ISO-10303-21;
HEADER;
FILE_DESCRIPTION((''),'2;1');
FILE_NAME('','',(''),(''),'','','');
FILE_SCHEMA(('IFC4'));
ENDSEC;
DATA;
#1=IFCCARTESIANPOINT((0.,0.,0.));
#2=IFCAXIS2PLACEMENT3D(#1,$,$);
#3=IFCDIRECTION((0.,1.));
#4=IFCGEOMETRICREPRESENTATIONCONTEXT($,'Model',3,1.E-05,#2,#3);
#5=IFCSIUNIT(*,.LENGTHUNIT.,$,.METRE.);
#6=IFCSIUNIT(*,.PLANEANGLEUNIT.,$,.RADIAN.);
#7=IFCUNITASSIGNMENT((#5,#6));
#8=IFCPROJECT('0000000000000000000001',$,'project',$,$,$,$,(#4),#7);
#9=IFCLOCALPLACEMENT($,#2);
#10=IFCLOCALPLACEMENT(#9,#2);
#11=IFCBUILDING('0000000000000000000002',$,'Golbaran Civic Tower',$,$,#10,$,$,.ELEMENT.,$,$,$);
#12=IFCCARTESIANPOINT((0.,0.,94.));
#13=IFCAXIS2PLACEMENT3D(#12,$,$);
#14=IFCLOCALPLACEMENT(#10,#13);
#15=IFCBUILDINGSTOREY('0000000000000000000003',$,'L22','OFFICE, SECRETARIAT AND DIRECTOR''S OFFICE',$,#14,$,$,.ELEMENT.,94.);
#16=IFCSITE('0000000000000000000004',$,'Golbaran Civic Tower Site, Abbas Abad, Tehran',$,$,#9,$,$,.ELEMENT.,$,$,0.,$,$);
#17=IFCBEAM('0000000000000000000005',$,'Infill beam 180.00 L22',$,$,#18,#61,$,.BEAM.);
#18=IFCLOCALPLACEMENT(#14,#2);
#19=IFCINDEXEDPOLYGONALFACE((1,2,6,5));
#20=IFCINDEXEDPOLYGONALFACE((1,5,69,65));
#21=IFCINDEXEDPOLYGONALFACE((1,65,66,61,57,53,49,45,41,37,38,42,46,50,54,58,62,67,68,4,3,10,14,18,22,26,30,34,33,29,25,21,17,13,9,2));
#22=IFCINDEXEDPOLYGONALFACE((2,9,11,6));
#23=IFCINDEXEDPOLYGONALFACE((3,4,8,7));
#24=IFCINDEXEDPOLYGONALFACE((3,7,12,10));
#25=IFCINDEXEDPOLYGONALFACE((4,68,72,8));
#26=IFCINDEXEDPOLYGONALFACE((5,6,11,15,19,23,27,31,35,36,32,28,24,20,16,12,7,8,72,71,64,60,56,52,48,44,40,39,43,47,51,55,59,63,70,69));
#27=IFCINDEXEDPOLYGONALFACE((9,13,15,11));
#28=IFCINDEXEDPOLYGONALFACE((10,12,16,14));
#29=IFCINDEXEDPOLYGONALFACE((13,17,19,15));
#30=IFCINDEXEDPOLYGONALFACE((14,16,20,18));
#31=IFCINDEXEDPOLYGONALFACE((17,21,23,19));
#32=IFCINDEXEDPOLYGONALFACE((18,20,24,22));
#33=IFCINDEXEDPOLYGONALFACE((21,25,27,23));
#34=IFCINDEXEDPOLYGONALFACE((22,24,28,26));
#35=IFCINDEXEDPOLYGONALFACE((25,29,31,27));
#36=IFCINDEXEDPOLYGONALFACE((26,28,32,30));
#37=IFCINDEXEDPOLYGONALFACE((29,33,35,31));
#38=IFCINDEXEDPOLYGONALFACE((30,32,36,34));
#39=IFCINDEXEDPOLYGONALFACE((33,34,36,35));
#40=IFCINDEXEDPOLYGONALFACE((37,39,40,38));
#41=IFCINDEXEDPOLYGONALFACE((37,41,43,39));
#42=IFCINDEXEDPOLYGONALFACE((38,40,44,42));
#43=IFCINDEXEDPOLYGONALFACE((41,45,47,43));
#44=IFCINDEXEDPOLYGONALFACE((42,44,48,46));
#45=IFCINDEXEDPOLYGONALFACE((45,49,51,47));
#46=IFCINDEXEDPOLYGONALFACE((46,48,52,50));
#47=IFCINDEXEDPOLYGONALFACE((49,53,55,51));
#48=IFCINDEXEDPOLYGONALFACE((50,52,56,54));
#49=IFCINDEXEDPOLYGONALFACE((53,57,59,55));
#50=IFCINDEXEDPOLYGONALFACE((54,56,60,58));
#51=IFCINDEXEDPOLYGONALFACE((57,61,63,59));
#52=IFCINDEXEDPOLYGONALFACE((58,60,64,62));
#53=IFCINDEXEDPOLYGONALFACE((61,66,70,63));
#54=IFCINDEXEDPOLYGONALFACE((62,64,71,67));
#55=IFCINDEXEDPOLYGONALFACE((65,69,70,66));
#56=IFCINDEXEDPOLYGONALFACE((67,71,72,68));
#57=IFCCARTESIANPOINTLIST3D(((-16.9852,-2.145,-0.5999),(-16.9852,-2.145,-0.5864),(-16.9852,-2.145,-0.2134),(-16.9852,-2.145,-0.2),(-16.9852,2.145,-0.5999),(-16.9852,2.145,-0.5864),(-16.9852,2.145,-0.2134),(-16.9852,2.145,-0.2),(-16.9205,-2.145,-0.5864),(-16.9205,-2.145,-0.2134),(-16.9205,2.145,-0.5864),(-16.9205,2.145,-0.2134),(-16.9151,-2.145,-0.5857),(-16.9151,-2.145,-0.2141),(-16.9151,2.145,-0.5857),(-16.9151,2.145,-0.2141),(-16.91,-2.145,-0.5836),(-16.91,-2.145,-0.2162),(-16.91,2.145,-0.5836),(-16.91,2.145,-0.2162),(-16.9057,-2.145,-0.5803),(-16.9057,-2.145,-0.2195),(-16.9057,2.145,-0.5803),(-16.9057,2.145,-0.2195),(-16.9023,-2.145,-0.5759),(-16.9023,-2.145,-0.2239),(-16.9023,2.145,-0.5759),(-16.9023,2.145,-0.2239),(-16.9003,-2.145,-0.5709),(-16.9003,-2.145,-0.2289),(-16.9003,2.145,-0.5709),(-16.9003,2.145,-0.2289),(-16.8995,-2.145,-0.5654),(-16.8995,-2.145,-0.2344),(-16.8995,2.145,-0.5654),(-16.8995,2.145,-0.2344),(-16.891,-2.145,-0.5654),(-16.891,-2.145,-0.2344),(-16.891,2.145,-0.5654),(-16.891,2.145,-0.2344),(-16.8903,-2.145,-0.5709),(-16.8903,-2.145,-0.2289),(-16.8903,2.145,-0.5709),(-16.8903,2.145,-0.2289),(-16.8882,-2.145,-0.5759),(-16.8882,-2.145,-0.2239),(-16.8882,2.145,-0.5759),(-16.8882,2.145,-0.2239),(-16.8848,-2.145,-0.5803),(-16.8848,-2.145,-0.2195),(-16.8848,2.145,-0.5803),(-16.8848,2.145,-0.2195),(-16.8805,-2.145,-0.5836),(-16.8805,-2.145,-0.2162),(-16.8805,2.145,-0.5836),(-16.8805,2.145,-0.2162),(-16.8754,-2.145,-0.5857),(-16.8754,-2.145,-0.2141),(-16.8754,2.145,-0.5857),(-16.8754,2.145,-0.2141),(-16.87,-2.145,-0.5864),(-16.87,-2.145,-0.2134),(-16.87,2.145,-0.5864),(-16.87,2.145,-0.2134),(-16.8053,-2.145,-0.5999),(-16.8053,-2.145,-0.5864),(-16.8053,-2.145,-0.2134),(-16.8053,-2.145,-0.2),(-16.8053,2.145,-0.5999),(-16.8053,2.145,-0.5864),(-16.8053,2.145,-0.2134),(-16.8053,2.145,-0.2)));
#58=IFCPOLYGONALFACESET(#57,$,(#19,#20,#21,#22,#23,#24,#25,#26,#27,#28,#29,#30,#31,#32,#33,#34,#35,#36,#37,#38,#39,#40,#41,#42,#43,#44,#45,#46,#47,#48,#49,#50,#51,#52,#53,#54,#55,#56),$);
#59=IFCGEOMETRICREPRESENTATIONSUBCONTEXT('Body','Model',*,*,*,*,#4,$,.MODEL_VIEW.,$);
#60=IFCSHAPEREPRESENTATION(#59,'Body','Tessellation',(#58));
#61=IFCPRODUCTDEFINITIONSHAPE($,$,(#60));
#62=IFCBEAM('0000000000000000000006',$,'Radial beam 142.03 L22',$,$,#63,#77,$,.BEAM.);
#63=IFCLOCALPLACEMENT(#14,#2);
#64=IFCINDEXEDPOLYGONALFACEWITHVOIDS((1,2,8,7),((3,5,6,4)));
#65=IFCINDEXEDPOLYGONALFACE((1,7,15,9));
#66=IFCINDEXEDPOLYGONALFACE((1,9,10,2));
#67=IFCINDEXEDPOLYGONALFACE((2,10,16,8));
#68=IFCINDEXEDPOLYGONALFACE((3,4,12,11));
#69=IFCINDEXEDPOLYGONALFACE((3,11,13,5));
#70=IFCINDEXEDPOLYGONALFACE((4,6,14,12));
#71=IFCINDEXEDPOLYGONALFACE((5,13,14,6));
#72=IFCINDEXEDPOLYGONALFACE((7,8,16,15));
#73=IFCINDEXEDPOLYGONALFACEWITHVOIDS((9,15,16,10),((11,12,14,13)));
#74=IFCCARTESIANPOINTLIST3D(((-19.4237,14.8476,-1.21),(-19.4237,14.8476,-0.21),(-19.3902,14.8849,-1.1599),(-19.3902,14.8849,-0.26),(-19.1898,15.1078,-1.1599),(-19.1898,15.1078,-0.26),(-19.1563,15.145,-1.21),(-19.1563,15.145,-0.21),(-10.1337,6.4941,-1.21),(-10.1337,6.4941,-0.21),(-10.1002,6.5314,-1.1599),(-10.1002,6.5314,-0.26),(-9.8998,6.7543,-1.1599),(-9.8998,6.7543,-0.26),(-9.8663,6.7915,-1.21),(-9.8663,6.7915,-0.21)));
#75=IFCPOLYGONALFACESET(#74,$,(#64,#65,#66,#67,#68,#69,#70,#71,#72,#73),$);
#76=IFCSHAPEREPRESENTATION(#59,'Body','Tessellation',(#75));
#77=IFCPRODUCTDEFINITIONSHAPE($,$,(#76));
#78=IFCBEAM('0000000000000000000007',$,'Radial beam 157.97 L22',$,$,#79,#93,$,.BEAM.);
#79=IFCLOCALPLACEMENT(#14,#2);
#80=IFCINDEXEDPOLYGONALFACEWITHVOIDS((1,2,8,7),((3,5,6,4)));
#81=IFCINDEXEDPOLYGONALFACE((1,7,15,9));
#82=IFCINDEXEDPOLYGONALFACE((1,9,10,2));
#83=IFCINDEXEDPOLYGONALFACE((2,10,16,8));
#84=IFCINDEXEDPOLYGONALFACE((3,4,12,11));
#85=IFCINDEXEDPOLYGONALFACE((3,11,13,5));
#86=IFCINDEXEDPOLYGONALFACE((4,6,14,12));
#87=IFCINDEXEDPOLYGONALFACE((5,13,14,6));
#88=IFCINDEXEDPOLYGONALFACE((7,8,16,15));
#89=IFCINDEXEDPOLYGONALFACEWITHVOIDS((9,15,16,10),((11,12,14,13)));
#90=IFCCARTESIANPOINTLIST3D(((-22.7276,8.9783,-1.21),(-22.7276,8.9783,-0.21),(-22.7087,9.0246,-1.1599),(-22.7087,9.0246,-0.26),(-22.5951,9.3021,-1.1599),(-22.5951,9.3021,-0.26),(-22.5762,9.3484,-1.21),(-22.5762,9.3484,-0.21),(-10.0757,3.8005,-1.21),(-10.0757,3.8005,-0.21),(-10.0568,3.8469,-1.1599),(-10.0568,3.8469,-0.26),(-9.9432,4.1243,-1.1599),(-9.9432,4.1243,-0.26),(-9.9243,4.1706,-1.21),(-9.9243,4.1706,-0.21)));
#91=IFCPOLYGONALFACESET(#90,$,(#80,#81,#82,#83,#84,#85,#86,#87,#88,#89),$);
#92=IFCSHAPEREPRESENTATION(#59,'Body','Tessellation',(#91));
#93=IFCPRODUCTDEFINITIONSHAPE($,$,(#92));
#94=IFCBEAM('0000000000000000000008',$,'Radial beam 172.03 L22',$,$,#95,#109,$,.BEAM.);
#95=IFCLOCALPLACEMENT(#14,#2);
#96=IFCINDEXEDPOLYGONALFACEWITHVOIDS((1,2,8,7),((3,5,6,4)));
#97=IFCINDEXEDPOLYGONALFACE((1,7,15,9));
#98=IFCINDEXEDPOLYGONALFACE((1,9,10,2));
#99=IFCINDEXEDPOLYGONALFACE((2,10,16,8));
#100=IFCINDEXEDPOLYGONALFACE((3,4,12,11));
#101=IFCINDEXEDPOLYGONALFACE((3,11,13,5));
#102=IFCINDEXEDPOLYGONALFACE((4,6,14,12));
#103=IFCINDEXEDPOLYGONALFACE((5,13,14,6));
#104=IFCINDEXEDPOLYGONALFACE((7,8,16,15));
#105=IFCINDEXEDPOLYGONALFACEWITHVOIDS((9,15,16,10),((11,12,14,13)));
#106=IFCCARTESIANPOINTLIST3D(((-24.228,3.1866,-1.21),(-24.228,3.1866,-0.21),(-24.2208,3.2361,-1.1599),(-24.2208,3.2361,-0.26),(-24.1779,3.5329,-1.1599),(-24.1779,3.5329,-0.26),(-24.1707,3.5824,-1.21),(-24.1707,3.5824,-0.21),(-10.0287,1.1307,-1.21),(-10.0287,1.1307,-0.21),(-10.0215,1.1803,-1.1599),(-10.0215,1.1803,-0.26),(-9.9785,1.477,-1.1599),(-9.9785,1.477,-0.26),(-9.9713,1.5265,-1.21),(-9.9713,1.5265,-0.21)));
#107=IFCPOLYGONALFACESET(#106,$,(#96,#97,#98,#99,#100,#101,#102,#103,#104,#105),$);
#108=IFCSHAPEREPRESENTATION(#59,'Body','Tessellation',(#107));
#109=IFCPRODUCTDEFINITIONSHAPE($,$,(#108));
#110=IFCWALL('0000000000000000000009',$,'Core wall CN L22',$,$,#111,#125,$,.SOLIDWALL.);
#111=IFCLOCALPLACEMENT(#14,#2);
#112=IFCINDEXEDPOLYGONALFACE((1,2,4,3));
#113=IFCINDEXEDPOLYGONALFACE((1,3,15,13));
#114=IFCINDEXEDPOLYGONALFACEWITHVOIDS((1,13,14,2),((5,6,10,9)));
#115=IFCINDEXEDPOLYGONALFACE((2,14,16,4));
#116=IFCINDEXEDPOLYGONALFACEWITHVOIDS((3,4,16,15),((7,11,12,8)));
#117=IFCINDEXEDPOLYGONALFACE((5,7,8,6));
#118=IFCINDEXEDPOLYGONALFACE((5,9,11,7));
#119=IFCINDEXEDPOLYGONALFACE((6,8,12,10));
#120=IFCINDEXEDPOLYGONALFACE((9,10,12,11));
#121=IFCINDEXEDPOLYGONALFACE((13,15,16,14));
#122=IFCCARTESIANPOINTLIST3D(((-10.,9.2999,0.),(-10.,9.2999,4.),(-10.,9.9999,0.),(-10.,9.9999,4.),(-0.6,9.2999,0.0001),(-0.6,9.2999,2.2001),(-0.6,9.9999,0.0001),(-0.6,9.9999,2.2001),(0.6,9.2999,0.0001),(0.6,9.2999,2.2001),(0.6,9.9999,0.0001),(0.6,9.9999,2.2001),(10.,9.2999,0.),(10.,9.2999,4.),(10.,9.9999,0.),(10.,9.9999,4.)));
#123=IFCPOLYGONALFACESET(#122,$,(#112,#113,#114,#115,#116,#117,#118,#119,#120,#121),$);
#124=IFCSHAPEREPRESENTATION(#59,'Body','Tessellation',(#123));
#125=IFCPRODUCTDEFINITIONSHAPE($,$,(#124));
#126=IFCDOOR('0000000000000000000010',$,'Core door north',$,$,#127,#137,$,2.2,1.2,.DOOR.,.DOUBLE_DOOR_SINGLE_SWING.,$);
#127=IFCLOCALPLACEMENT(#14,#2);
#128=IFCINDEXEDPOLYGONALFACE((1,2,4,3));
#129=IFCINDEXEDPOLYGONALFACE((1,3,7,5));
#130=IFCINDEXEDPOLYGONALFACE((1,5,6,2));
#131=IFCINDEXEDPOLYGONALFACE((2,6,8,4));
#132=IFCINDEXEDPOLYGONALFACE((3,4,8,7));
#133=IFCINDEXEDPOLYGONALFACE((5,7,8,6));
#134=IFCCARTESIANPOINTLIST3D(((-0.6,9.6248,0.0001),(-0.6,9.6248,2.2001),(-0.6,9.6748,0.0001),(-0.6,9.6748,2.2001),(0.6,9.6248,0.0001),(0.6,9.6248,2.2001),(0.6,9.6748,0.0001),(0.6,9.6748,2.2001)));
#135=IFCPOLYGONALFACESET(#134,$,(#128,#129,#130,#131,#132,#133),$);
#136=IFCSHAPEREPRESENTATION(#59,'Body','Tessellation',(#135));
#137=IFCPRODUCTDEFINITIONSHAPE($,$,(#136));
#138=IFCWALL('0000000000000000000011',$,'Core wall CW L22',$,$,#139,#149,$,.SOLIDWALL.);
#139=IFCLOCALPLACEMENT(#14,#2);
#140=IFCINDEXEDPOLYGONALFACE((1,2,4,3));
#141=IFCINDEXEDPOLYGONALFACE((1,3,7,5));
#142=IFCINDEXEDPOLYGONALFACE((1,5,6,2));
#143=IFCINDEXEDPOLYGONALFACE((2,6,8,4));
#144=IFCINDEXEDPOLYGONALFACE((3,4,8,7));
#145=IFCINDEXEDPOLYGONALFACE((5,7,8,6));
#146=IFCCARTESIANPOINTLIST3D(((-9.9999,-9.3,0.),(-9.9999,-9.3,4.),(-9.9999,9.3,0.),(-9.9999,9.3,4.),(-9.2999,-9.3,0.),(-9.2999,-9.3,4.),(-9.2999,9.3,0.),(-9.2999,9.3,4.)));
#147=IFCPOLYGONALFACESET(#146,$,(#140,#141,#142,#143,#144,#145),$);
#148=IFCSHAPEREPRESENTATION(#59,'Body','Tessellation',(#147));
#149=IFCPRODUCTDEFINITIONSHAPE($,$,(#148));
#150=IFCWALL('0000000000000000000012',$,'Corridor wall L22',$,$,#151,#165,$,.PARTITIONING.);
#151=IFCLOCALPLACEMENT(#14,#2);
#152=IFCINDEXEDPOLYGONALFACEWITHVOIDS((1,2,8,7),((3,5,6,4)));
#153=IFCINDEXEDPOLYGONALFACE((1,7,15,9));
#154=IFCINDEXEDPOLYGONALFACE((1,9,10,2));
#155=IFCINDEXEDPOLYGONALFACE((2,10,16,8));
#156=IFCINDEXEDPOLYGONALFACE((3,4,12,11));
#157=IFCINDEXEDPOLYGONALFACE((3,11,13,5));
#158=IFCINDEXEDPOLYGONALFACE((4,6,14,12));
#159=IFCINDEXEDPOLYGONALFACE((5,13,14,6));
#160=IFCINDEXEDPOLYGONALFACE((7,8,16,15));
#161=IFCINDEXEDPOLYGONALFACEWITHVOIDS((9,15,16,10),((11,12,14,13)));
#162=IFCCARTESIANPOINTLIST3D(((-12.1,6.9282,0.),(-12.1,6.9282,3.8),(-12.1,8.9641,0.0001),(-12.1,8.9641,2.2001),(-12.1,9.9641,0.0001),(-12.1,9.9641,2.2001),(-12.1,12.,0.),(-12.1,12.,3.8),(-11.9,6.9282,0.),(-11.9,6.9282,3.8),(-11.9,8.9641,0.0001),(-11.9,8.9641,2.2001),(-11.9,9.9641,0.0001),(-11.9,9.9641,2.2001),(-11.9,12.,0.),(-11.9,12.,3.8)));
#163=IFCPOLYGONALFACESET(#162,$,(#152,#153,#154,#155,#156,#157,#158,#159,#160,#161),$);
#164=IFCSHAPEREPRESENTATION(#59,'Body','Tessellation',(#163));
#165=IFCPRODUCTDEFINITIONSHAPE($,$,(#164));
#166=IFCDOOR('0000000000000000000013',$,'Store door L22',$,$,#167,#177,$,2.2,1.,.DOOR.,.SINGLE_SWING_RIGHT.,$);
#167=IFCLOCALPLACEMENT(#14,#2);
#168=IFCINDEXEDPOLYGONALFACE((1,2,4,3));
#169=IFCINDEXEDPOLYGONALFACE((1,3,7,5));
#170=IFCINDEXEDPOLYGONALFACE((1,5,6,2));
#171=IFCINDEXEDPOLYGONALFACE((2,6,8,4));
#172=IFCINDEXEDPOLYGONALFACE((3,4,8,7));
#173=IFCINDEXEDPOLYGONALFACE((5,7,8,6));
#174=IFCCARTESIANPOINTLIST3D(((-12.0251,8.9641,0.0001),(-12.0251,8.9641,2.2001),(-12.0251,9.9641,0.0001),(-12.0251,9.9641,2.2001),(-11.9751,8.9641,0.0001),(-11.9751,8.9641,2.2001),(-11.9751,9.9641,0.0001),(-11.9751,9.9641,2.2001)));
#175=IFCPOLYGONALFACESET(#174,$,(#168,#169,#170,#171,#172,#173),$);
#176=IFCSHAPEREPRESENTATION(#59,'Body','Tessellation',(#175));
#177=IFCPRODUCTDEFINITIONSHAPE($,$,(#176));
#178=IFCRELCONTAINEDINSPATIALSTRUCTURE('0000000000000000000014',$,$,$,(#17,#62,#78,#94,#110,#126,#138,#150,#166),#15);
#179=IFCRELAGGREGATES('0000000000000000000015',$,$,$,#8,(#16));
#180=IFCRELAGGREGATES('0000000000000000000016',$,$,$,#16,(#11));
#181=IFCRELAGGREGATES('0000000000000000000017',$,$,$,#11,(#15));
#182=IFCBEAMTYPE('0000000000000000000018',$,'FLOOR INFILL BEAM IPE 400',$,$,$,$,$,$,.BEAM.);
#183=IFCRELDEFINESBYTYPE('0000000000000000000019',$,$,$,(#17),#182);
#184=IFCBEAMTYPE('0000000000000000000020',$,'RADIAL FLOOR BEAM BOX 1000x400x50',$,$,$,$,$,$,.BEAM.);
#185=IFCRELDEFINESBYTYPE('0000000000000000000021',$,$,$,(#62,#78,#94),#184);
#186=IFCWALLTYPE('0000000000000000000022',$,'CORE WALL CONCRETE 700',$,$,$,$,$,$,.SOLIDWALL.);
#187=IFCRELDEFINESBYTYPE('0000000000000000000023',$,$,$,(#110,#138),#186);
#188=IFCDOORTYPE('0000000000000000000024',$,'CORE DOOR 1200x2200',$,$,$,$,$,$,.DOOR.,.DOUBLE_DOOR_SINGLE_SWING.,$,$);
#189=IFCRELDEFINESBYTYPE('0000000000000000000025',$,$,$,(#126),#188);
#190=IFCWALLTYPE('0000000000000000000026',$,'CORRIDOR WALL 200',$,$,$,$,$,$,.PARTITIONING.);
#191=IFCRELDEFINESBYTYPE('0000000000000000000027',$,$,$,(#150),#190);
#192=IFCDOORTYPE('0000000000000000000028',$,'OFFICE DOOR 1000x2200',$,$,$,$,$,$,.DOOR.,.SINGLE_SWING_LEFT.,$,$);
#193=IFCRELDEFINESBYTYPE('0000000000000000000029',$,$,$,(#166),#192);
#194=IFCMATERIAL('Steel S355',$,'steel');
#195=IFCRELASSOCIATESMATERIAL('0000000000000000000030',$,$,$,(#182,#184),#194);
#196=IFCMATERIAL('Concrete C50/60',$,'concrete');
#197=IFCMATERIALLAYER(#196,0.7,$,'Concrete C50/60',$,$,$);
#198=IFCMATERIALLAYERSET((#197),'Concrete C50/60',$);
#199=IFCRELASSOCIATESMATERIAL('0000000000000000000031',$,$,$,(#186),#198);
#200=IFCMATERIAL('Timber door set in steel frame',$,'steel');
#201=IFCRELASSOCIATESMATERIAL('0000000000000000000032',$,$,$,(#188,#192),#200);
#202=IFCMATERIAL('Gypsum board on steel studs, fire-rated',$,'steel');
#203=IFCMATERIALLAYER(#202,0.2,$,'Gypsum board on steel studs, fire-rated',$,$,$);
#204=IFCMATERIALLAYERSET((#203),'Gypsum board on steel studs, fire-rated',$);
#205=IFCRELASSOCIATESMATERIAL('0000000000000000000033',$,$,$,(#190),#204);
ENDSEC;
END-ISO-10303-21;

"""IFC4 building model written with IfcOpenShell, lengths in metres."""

from ifc_helpers import new_model, si_unit, direction, frame, frame_2d, origin, origin_2d, place, context, subcontext, project, spatial, rectangle, hollow_rectangle, i_section, extrude, material, layer, layer_set, material_profile, profile_set, type_object, element, fill, save


model = new_model("IFC4")

# Units and contexts
model_context = context("Model", 3, precision=1e-05, world=origin(), true_north=direction((0.0, 1.0)))
body_context = subcontext(model_context, "Body", "Model", "MODEL_VIEW")
ifc_project = project(units=[si_unit("LENGTHUNIT", "METRE"), si_unit("PLANEANGLEUNIT", "RADIAN")], contexts=[model_context])

# Site, building, storey
site_placement = place(None, origin())
site = spatial("IfcSite", under=ifc_project, at=site_placement, Name="Golbaran Civic Tower Site, Abbas Abad, Tehran", CompositionType="ELEMENT", RefElevation=0.0)
building_placement = place(site_placement, origin())
building = spatial("IfcBuilding", under=site, at=building_placement, Name="Golbaran Civic Tower", CompositionType="ELEMENT")
storey_placement = place(building_placement, frame((0.0, 0.0, 94.0)))
storey = spatial("IfcBuildingStorey", under=building, at=storey_placement, Name="L22", Description="OFFICE, SECRETARIAT AND DIRECTOR'S OFFICE", CompositionType="ELEMENT", Elevation=94.0)

# Beams
ifc_material_1 = material(Name="Steel S355", Category="steel")
ifc_material_profile_1 = material_profile(ifc_material_1, i_section(OverallWidth=0.1799, OverallDepth=0.3999, WebThickness=0.0085, FlangeThickness=0.0134, FilletRadius=0.021, at=origin_2d()), Name="IPE 400")
ifc_profile_set_1 = profile_set([ifc_material_profile_1], Name="Steel S355")
beam_type_1 = type_object("IfcBeamType", Name="FLOOR INFILL BEAM IPE 400", PredefinedType="BEAM", material=ifc_profile_set_1)
beam_1_placement = place(storey_placement, frame((-16.8953, 2.145, -0.3999), z_axis=(0.0, -1.0, 0.0), x_axis=(1.0, 0.0, 0.0)))
element("IfcBeam", 1, at=beam_1_placement, inside=storey, type_object=beam_type_1, Name="Infill beam 180.00 L22", PredefinedType="BEAM", context=body_context, shape_type="SweptSolid", body=[
    extrude(i_section(OverallWidth=0.1799, OverallDepth=0.3999, WebThickness=0.0085, FlangeThickness=0.0134, FilletRadius=0.021, at=origin_2d()), origin(), (0.0, 0.0, 1.0), 4.29),
])
ifc_material_profile_2 = material_profile(ifc_material_1, hollow_rectangle(XDim=0.3999, YDim=1.0, WallThickness=0.05, at=origin_2d()), Name="BOX 1000x400x50")
ifc_profile_set_2 = profile_set([ifc_material_profile_2], Name="Steel S355")
beam_type_2 = type_object("IfcBeamType", Name="RADIAL FLOOR BEAM BOX 1000x400x50", PredefinedType="BEAM", material=ifc_profile_set_2)
beam_2_placement = place(storey_placement, frame((-10.0, 6.6428, -0.71), z_axis=(-0.743593, 0.668632, 0.0), x_axis=(-0.668632, -0.743593, 0.0)))
element("IfcBeam", 2, at=beam_2_placement, inside=storey, type_object=beam_type_2, Name="Radial beam 142.03 L22", PredefinedType="BEAM", context=body_context, shape_type="SweptSolid", body=[
    extrude(hollow_rectangle(XDim=0.3999, YDim=1.0, WallThickness=0.05, at=origin_2d()), origin(), (0.0, 0.0, 1.0), 12.4934),
])
beam_3_placement = place(storey_placement, frame((-10.0, 3.9856, -0.71), z_axis=(-0.925496, 0.378757, 0.0), x_axis=(-0.378757, -0.925496, 0.0)))
element("IfcBeam", 3, at=beam_3_placement, inside=storey, type_object=beam_type_2, Name="Radial beam 157.97 L22", PredefinedType="BEAM", context=body_context, shape_type="SweptSolid", body=[
    extrude(hollow_rectangle(XDim=0.3999, YDim=1.0, WallThickness=0.05, at=origin_2d()), origin(), (0.0, 0.0, 1.0), 13.6704),
])
beam_4_placement = place(storey_placement, frame((-10.0, 1.3286, -0.71), z_axis=(-0.98968, 0.143294, 0.0), x_axis=(-0.143294, -0.98968, 0.0)))
element("IfcBeam", 4, at=beam_4_placement, inside=storey, type_object=beam_type_2, Name="Radial beam 172.03 L22", PredefinedType="BEAM", context=body_context, shape_type="SweptSolid", body=[
    extrude(hollow_rectangle(XDim=0.3999, YDim=1.0, WallThickness=0.05, at=origin_2d()), origin(), (0.0, 0.0, 1.0), 14.3474),
])

# Wall, opening, door
ifc_material_2 = material(Name="Concrete C50/60", Category="concrete")
ifc_layer_1 = layer(ifc_material_2, 0.7, Name="Concrete C50/60")
ifc_layer_set_1 = layer_set([ifc_layer_1], Name="Concrete C50/60")
wall_type_1 = type_object("IfcWallType", Name="CORE WALL CONCRETE 700", PredefinedType="SOLIDWALL", material=ifc_layer_set_1)
wall_1_placement = place(storey_placement, frame((-10.0, 9.6499, 0.0), z_axis=(0.0, 0.0, 1.0), x_axis=(1.0, 0.0, 0.0)))
wall_1 = element("IfcWall", 5, at=wall_1_placement, inside=storey, type_object=wall_type_1, Name="Core wall CN L22", PredefinedType="SOLIDWALL", context=body_context, shape_type="SweptSolid", body=[
    extrude(rectangle(XDim=20.0, YDim=0.7, at=frame_2d((10.0, 0.0))), origin(), (0.0, 0.0, 1.0), 4.0),
])
opening_1_placement = place(wall_1_placement, frame((9.3999, 0.0, 0.0)))
opening_1 = element("IfcOpeningElement", 6, at=opening_1_placement, cuts=wall_1, PredefinedType="OPENING", context=body_context, shape_type="SweptSolid", body=[
    extrude(rectangle(XDim=1.2, YDim=2.2, at=frame_2d((0.6001, 1.1001))), frame((0.0, 0.3599, 0.0), z_axis=(0.0, -1.0, 0.0), x_axis=(1.0, 0.0, 0.0)), (0.0, 0.0, 1.0), 0.72),
])
ifc_material_3 = material(Name="Timber door set in steel frame", Category="steel")
door_type_1 = type_object("IfcDoorType", Name="CORE DOOR 1200x2200", OperationType="DOUBLE_DOOR_SINGLE_SWING", PredefinedType="DOOR", material=ifc_material_3)
door_1_placement = place(opening_1_placement, origin())
door_1 = element("IfcDoor", 7, at=door_1_placement, inside=storey, type_object=door_type_1, Name="Core door north", OperationType="DOUBLE_DOOR_SINGLE_SWING", OverallHeight=2.2, OverallWidth=1.2, PredefinedType="DOOR", context=body_context, shape_type="SweptSolid", body=[
    extrude(rectangle(XDim=1.2, YDim=2.2, at=frame_2d((0.6001, 1.1001))), frame((0.0, 0.0249, 0.0), z_axis=(0.0, -1.0, 0.0), x_axis=(1.0, 0.0, 0.0)), (0.0, 0.0, 1.0), 0.05),
])
fill(opening_1, door_1)

# Wall
wall_2_placement = place(storey_placement, frame((-9.6499, 9.3, 0.0), z_axis=(0.0, 0.0, 1.0), x_axis=(0.0, -1.0, 0.0)))
element("IfcWall", 8, at=wall_2_placement, inside=storey, type_object=wall_type_1, Name="Core wall CW L22", PredefinedType="SOLIDWALL", context=body_context, shape_type="SweptSolid", body=[
    extrude(rectangle(XDim=18.6001, YDim=0.7, at=frame_2d((9.3, 0.0))), origin(), (0.0, 0.0, 1.0), 4.0),
])

# Wall, opening, door
ifc_material_4 = material(Name="Gypsum board on steel studs, fire-rated", Category="steel")
ifc_layer_2 = layer(ifc_material_4, 0.2, Name="Gypsum board on steel studs, fire-rated")
ifc_layer_set_2 = layer_set([ifc_layer_2], Name="Gypsum board on steel studs, fire-rated")
wall_type_2 = type_object("IfcWallType", Name="CORRIDOR WALL 200", PredefinedType="PARTITIONING", material=ifc_layer_set_2)
wall_3_placement = place(storey_placement, frame((-12.0, 12.0, 0.0), z_axis=(0.0, 0.0, 1.0), x_axis=(0.0, -1.0, 0.0)))
wall_3 = element("IfcWall", 9, at=wall_3_placement, inside=storey, type_object=wall_type_2, Name="Corridor wall L22", PredefinedType="PARTITIONING", context=body_context, shape_type="SweptSolid", body=[
    extrude(rectangle(XDim=5.0718, YDim=0.2, at=frame_2d((2.5359, 0.0))), origin(), (0.0, 0.0, 1.0), 3.8),
])
opening_2_placement = place(wall_3_placement, frame((2.0359, 0.0, 0.0)))
opening_2 = element("IfcOpeningElement", 10, at=opening_2_placement, cuts=wall_3, PredefinedType="OPENING", context=body_context, shape_type="SweptSolid", body=[
    extrude(rectangle(XDim=1.0, YDim=2.2, at=frame_2d((0.5, 1.1001))), frame((0.0, 0.1099, 0.0), z_axis=(0.0, -1.0, 0.0), x_axis=(1.0, 0.0, 0.0)), (0.0, 0.0, 1.0), 0.22),
])
door_type_2 = type_object("IfcDoorType", Name="OFFICE DOOR 1000x2200", OperationType="SINGLE_SWING_LEFT", PredefinedType="DOOR", material=ifc_material_3)
door_2_placement = place(opening_2_placement, origin())
door_2 = element("IfcDoor", 11, at=door_2_placement, inside=storey, type_object=door_type_2, Name="Store door L22", OperationType="SINGLE_SWING_RIGHT", OverallHeight=2.2, OverallWidth=1.0, PredefinedType="DOOR", context=body_context, shape_type="SweptSolid", body=[
    extrude(rectangle(XDim=1.0, YDim=2.2, at=frame_2d((0.5, 1.1001))), frame((0.0, 0.0249, 0.0), z_axis=(0.0, -1.0, 0.0), x_axis=(1.0, 0.0, 0.0)), (0.0, 0.0, 1.0), 0.05),
])
fill(opening_2, door_2)

save(model, "model.ifc")
